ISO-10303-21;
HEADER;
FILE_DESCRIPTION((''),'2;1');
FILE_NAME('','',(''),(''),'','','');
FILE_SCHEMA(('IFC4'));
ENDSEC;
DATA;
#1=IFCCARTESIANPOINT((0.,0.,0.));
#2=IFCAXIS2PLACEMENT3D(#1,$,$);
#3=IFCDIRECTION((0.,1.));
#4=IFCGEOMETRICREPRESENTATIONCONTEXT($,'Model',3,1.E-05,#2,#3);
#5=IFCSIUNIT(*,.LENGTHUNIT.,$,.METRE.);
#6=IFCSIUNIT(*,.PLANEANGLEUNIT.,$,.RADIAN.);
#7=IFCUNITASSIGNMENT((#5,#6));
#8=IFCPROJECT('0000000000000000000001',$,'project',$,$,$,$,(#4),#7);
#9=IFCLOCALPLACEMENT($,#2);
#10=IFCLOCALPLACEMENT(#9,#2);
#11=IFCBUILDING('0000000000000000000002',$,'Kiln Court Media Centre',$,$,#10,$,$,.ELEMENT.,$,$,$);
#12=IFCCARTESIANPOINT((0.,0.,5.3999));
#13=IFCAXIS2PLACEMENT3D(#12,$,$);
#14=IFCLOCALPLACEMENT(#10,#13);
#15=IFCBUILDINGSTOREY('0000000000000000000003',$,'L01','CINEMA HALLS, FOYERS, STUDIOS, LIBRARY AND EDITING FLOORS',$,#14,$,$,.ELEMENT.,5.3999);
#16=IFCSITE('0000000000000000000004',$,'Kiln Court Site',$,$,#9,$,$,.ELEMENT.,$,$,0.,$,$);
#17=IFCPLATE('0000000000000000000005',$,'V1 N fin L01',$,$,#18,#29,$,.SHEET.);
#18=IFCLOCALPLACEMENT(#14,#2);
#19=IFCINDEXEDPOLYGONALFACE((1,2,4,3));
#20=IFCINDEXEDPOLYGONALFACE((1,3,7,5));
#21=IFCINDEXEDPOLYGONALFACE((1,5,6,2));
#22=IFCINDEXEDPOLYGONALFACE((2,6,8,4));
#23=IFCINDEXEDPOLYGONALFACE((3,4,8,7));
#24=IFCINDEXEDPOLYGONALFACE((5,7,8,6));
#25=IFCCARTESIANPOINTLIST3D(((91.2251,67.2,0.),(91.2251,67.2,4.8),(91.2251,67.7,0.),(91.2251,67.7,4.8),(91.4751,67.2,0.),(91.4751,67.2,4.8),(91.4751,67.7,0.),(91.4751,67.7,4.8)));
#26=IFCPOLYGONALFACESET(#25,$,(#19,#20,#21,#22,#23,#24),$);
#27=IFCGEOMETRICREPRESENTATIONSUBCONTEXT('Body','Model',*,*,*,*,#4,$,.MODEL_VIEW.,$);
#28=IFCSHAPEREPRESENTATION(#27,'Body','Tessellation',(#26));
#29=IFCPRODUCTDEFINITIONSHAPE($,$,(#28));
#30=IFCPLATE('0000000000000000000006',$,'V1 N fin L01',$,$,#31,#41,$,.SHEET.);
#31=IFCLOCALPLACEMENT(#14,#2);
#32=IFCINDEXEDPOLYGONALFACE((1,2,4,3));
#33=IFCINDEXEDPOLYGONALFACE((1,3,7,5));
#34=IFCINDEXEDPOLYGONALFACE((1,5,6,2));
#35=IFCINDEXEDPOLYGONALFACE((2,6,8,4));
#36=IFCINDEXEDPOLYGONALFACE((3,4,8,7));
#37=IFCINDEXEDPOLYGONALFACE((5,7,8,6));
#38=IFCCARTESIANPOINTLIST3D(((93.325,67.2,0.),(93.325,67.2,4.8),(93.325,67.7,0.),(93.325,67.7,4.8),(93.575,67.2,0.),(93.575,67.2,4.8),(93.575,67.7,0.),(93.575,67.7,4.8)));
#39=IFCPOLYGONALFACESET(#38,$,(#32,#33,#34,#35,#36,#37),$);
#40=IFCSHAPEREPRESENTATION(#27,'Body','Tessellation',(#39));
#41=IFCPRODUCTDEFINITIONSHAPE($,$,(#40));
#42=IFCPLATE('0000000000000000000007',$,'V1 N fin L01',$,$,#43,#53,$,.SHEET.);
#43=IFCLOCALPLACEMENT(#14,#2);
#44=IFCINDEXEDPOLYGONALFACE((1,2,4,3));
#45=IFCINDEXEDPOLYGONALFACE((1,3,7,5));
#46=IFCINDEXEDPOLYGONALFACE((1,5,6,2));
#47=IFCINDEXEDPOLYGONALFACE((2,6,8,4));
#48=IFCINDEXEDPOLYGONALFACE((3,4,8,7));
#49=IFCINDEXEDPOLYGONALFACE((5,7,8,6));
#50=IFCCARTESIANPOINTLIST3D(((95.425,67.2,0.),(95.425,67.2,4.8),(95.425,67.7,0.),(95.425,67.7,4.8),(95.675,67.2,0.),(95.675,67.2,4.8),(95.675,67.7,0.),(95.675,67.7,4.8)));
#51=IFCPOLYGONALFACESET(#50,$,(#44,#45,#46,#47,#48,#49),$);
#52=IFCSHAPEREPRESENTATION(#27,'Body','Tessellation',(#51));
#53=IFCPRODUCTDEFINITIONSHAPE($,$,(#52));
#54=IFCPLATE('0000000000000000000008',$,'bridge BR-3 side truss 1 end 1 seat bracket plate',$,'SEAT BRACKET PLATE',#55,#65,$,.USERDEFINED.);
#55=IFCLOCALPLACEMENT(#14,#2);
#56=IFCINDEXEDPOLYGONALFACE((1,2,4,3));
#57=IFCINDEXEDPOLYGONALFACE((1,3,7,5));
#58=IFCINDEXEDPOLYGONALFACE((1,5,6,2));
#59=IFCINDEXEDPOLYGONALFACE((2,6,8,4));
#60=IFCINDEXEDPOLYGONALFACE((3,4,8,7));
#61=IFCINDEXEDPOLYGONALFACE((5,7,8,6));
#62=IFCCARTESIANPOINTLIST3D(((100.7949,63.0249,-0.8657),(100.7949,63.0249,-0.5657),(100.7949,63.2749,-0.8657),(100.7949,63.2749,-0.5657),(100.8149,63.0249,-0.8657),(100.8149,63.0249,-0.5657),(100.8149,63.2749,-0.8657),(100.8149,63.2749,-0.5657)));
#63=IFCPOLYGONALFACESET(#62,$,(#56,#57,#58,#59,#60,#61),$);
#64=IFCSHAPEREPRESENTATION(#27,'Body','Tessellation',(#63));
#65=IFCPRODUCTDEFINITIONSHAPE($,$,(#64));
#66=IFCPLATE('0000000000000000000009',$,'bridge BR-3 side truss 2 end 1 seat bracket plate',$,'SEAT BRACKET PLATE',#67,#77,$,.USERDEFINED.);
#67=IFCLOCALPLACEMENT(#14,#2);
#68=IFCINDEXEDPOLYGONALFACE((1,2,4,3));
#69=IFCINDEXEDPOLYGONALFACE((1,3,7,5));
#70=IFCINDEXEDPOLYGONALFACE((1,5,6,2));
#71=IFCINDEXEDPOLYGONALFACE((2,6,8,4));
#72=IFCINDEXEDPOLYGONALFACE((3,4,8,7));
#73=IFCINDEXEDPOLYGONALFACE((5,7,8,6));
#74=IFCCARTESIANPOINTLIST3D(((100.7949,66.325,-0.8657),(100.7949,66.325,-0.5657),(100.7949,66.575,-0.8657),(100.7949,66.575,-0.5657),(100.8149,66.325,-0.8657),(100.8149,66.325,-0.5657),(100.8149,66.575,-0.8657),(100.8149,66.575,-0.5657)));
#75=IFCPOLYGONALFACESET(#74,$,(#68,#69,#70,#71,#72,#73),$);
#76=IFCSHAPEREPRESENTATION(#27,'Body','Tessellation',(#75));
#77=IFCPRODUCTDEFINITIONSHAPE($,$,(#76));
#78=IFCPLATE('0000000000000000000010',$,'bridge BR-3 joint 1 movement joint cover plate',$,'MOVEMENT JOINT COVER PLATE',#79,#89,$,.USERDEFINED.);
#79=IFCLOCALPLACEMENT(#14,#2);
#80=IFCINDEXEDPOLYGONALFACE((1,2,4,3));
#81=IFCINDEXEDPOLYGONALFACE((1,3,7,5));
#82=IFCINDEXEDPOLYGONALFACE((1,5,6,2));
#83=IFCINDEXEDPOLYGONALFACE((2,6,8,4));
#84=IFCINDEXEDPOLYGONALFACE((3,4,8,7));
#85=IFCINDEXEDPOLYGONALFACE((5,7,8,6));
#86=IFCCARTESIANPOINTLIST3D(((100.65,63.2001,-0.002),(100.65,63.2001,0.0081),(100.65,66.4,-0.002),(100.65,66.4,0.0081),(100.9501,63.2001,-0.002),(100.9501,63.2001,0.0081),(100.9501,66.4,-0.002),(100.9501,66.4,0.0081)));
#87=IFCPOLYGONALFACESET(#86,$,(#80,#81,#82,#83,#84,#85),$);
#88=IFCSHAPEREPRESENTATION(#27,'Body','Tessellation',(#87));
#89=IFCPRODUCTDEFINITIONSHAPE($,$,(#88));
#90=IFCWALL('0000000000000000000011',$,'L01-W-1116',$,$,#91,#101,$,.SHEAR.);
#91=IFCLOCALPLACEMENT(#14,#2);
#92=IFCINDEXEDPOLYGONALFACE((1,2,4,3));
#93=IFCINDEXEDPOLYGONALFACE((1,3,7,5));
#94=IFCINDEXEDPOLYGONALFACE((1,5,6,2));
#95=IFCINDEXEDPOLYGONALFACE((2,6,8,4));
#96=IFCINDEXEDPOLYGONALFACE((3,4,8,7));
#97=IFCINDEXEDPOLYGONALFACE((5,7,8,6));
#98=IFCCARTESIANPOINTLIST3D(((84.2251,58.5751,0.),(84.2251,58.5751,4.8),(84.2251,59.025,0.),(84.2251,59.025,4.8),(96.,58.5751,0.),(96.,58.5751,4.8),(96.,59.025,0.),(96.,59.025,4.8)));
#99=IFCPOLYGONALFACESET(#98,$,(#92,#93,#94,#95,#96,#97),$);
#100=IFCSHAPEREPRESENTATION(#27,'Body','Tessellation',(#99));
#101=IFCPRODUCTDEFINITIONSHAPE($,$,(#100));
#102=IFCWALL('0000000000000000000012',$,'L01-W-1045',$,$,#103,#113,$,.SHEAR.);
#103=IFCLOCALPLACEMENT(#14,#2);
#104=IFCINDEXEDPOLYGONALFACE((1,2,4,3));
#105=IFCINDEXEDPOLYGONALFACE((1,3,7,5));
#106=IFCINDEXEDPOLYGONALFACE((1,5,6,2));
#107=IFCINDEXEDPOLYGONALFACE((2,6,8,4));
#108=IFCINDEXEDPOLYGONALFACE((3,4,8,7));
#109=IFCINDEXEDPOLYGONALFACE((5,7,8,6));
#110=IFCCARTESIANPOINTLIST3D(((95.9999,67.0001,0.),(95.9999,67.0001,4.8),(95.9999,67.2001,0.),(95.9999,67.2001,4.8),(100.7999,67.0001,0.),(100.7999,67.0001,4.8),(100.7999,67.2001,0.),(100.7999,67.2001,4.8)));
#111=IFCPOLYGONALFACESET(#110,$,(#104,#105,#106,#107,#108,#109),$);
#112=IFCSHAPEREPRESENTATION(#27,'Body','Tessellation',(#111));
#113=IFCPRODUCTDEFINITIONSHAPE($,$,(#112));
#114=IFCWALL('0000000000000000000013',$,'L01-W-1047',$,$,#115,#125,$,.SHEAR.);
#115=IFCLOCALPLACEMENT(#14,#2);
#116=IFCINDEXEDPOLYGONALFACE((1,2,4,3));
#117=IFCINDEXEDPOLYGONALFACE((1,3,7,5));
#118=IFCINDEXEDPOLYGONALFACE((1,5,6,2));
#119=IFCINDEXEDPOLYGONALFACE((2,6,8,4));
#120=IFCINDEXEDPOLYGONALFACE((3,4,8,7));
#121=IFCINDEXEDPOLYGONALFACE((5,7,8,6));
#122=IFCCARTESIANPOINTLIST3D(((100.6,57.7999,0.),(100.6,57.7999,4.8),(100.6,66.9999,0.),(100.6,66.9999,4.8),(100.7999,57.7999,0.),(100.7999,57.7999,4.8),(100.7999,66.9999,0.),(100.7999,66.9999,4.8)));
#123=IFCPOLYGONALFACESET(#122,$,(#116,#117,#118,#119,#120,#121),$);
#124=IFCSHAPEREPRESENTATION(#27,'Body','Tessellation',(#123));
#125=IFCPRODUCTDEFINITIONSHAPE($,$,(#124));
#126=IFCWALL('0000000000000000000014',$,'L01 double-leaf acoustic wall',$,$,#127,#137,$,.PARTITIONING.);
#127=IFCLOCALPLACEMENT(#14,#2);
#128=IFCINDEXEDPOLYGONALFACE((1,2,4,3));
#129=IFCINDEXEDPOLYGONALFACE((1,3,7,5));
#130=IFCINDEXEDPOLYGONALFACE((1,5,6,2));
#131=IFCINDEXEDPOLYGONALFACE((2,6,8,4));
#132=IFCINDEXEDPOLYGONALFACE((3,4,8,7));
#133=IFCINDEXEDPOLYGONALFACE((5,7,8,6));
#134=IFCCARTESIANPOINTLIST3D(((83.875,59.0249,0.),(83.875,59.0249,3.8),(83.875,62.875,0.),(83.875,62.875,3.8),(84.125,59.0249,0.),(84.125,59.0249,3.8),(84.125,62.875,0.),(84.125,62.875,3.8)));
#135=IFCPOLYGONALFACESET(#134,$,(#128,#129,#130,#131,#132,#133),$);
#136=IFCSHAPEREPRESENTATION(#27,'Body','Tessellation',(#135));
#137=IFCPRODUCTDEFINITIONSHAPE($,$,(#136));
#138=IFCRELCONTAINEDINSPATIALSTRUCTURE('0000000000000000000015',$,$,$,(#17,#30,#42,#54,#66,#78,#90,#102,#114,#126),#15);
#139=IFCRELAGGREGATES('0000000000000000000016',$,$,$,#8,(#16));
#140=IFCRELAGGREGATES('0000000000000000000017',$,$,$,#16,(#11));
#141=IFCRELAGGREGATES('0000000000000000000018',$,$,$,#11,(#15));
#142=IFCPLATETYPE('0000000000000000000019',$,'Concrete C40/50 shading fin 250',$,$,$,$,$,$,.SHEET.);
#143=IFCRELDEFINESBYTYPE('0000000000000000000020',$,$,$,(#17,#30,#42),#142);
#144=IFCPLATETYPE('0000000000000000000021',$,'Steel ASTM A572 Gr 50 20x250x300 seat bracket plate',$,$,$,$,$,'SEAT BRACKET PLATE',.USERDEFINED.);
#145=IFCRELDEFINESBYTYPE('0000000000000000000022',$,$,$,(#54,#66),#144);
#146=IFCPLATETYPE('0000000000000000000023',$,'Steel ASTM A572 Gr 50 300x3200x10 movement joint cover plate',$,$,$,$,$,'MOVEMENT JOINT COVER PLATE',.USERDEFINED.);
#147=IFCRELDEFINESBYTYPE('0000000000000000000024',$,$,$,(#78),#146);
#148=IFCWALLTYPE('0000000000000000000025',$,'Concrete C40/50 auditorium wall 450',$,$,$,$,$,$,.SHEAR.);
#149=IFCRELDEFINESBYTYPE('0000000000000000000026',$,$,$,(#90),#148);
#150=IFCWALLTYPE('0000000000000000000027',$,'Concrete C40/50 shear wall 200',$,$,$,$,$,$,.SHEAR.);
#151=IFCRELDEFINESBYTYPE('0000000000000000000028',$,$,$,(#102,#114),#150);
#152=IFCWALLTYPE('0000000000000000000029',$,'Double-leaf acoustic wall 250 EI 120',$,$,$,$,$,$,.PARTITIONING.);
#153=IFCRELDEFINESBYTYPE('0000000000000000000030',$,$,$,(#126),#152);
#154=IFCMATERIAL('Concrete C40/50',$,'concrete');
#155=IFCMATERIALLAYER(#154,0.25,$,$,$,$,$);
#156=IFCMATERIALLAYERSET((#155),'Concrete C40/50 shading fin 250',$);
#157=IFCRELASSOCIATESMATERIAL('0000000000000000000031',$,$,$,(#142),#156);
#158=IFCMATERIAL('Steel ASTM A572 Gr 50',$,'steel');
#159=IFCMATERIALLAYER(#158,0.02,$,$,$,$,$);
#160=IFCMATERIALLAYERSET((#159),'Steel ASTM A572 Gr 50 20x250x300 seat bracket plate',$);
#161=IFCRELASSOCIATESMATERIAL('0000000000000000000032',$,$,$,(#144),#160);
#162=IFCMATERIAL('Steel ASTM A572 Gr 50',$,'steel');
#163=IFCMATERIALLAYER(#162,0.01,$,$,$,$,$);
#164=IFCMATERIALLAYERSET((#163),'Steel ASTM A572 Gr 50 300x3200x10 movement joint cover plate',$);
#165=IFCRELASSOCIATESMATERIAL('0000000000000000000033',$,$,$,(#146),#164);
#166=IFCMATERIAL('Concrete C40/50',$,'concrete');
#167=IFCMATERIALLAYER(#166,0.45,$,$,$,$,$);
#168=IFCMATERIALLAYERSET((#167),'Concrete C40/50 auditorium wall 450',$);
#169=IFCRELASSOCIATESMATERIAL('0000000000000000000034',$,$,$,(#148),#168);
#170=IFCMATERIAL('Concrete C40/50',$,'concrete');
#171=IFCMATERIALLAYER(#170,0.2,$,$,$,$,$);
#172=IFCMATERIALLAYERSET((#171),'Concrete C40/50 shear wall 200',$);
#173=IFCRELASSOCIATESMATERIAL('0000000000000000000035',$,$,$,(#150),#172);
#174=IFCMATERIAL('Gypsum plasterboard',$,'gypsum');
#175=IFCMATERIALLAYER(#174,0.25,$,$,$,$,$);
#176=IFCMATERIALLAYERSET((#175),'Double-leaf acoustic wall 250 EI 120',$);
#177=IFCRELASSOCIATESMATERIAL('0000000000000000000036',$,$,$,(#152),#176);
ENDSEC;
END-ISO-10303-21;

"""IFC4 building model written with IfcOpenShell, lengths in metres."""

from ifc_helpers import new_model, si_unit, direction, frame, frame_2d, origin, origin_2d, place, context, subcontext, project, spatial, rectangle, extrude, material, layer, layer_set, type_object, element, save


model = new_model("IFC4")

# Units and contexts
model_context = context("Model", 3, precision=1e-05, world=origin(), true_north=direction((0.0, 1.0)))
body_context = subcontext(model_context, "Body", "Model", "MODEL_VIEW")
ifc_project = project(units=[si_unit("LENGTHUNIT", "METRE"), si_unit("PLANEANGLEUNIT", "RADIAN")], contexts=[model_context])

# Site, building, storey
site_placement = place(None, origin())
site = spatial("IfcSite", under=ifc_project, at=site_placement, Name="Kiln Court Site", CompositionType="ELEMENT", RefElevation=0.0)
building_placement = place(site_placement, origin())
building = spatial("IfcBuilding", under=site, at=building_placement, Name="Kiln Court Media Centre", CompositionType="ELEMENT")
storey_placement = place(building_placement, frame((0.0, 0.0, 5.3999)))
storey = spatial("IfcBuildingStorey", under=building, at=storey_placement, Name="L01", Description="CINEMA HALLS, FOYERS, STUDIOS, LIBRARY AND EDITING FLOORS", CompositionType="ELEMENT", Elevation=5.3999)

# Plates
ifc_material_1 = material(Name="Concrete C40/50", Category="concrete")
ifc_layer_1 = layer(ifc_material_1, 0.25)
ifc_layer_set_1 = layer_set([ifc_layer_1], Name="Concrete C40/50 shading fin 250")
plate_type_1 = type_object("IfcPlateType", Name="Concrete C40/50 shading fin 250", PredefinedType="SHEET", material=ifc_layer_set_1)
for number, where, z_axis, x_axis, name in (
    (1, (91.3501, 67.45, 0.0), (0.0, 0.0, 1.0), (1.0, 0.0, 0.0), "V1 N fin L01"),
    (2, (93.45, 67.45, 0.0), (0.0, 0.0, 1.0), (1.0, 0.0, 0.0), "V1 N fin L01"),
    (3, (95.55, 67.45, 0.0), (0.0, 0.0, 1.0), (1.0, 0.0, 0.0), "V1 N fin L01"),
):
    element("IfcPlate", number, at=place(storey_placement, frame(where, z_axis=z_axis, x_axis=x_axis)), inside=storey, type_object=plate_type_1, Name=name, PredefinedType="SHEET", context=body_context, shape_type="SweptSolid", body=[
        extrude(rectangle(XDim=0.25, YDim=0.5, at=origin_2d()), origin(), (0.0, 0.0, 1.0), 4.8),
    ])
ifc_material_2 = material(Name="Steel ASTM A572 Gr 50", Category="steel")
ifc_layer_2 = layer(ifc_material_2, 0.02)
ifc_layer_set_2 = layer_set([ifc_layer_2], Name="Steel ASTM A572 Gr 50 20x250x300 seat bracket plate")
plate_type_2 = type_object("IfcPlateType", Name="Steel ASTM A572 Gr 50 20x250x300 seat bracket plate", ElementType="SEAT BRACKET PLATE", PredefinedType="USERDEFINED", material=ifc_layer_set_2)
for number, where, z_axis, x_axis, name in (
    (4, (100.8049, 63.1499, -0.8657), (0.0, 0.0, 1.0), (1.0, 0.0, 0.0), "bridge BR-3 side truss 1 end 1 seat bracket plate"),
    (5, (100.8049, 66.45, -0.8657), (0.0, 0.0, 1.0), (1.0, 0.0, 0.0), "bridge BR-3 side truss 2 end 1 seat bracket plate"),
):
    element("IfcPlate", number, at=place(storey_placement, frame(where, z_axis=z_axis, x_axis=x_axis)), inside=storey, type_object=plate_type_2, Name=name, ObjectType="SEAT BRACKET PLATE", PredefinedType="USERDEFINED", context=body_context, shape_type="SweptSolid", body=[
        extrude(rectangle(XDim=0.02, YDim=0.25, at=origin_2d()), origin(), (0.0, 0.0, 1.0), 0.3),
    ])
ifc_material_3 = material(Name="Steel ASTM A572 Gr 50", Category="steel")
ifc_layer_3 = layer(ifc_material_3, 0.01)
ifc_layer_set_3 = layer_set([ifc_layer_3], Name="Steel ASTM A572 Gr 50 300x3200x10 movement joint cover plate")
plate_type_3 = type_object("IfcPlateType", Name="Steel ASTM A572 Gr 50 300x3200x10 movement joint cover plate", ElementType="MOVEMENT JOINT COVER PLATE", PredefinedType="USERDEFINED", material=ifc_layer_set_3)
plate_placement = place(storey_placement, frame((100.8, 64.8, -0.002), z_axis=(0.0, 0.0, 1.0), x_axis=(1.0, 0.0, 0.0)))
element("IfcPlate", 6, at=plate_placement, inside=storey, type_object=plate_type_3, Name="bridge BR-3 joint 1 movement joint cover plate", ObjectType="MOVEMENT JOINT COVER PLATE", PredefinedType="USERDEFINED", context=body_context, shape_type="SweptSolid", body=[
    extrude(rectangle(XDim=0.3, YDim=3.2, at=origin_2d()), origin(), (0.0, 0.0, 1.0), 0.01),
])

# Walls
ifc_material_4 = material(Name="Concrete C40/50", Category="concrete")
ifc_layer_4 = layer(ifc_material_4, 0.45)
ifc_layer_set_4 = layer_set([ifc_layer_4], Name="Concrete C40/50 auditorium wall 450")
wall_type_1 = type_object("IfcWallType", Name="Concrete C40/50 auditorium wall 450", PredefinedType="SHEAR", material=ifc_layer_set_4)
wall_1_placement = place(storey_placement, frame((84.2251, 58.8, 0.0), z_axis=(0.0, 0.0, 1.0), x_axis=(1.0, 0.0, 0.0)))
element("IfcWall", 7, at=wall_1_placement, inside=storey, type_object=wall_type_1, Name="L01-W-1116", PredefinedType="SHEAR", context=body_context, shape_type="SweptSolid", body=[
    extrude(rectangle(XDim=11.7749, YDim=0.45, at=frame_2d((5.8875, 0.0))), origin(), (0.0, 0.0, 1.0), 4.8),
])
ifc_material_5 = material(Name="Concrete C40/50", Category="concrete")
ifc_layer_5 = layer(ifc_material_5, 0.2)
ifc_layer_set_5 = layer_set([ifc_layer_5], Name="Concrete C40/50 shear wall 200")
wall_type_2 = type_object("IfcWallType", Name="Concrete C40/50 shear wall 200", PredefinedType="SHEAR", material=ifc_layer_set_5)
wall_2_placement = place(storey_placement, frame((96.0, 67.1001, 0.0), z_axis=(0.0, 0.0, 1.0), x_axis=(1.0, 0.0, 0.0)))
element("IfcWall", 8, at=wall_2_placement, inside=storey, type_object=wall_type_2, Name="L01-W-1045", PredefinedType="SHEAR", context=body_context, shape_type="SweptSolid", body=[
    extrude(rectangle(XDim=4.8, YDim=0.2, at=frame_2d((2.3999, 0.0))), origin(), (0.0, 0.0, 1.0), 4.8),
])
wall_3_placement = place(storey_placement, frame((100.7, 67.0, 0.0), z_axis=(0.0, 0.0, 1.0), x_axis=(0.0, -1.0, 0.0)))
element("IfcWall", 9, at=wall_3_placement, inside=storey, type_object=wall_type_2, Name="L01-W-1047", PredefinedType="SHEAR", context=body_context, shape_type="SweptSolid", body=[
    extrude(rectangle(XDim=9.2, YDim=0.2, at=frame_2d((4.6001, 0.0))), origin(), (0.0, 0.0, 1.0), 4.8),
])
ifc_material_6 = material(Name="Gypsum plasterboard", Category="gypsum")
ifc_layer_6 = layer(ifc_material_6, 0.25)
ifc_layer_set_6 = layer_set([ifc_layer_6], Name="Double-leaf acoustic wall 250 EI 120")
wall_type_3 = type_object("IfcWallType", Name="Double-leaf acoustic wall 250 EI 120", PredefinedType="PARTITIONING", material=ifc_layer_set_6)
wall_4_placement = place(storey_placement, frame((84.0, 59.0249, 0.0), z_axis=(0.0, 0.0, 1.0), x_axis=(0.0, 1.0, 0.0)))
element("IfcWall", 10, at=wall_4_placement, inside=storey, type_object=wall_type_3, Name="L01 double-leaf acoustic wall", PredefinedType="PARTITIONING", context=body_context, shape_type="SweptSolid", body=[
    extrude(rectangle(XDim=3.8501, YDim=0.25, at=frame_2d((1.925, 0.0))), origin(), (0.0, 0.0, 1.0), 3.8),
])

save(model, "model.ifc")
